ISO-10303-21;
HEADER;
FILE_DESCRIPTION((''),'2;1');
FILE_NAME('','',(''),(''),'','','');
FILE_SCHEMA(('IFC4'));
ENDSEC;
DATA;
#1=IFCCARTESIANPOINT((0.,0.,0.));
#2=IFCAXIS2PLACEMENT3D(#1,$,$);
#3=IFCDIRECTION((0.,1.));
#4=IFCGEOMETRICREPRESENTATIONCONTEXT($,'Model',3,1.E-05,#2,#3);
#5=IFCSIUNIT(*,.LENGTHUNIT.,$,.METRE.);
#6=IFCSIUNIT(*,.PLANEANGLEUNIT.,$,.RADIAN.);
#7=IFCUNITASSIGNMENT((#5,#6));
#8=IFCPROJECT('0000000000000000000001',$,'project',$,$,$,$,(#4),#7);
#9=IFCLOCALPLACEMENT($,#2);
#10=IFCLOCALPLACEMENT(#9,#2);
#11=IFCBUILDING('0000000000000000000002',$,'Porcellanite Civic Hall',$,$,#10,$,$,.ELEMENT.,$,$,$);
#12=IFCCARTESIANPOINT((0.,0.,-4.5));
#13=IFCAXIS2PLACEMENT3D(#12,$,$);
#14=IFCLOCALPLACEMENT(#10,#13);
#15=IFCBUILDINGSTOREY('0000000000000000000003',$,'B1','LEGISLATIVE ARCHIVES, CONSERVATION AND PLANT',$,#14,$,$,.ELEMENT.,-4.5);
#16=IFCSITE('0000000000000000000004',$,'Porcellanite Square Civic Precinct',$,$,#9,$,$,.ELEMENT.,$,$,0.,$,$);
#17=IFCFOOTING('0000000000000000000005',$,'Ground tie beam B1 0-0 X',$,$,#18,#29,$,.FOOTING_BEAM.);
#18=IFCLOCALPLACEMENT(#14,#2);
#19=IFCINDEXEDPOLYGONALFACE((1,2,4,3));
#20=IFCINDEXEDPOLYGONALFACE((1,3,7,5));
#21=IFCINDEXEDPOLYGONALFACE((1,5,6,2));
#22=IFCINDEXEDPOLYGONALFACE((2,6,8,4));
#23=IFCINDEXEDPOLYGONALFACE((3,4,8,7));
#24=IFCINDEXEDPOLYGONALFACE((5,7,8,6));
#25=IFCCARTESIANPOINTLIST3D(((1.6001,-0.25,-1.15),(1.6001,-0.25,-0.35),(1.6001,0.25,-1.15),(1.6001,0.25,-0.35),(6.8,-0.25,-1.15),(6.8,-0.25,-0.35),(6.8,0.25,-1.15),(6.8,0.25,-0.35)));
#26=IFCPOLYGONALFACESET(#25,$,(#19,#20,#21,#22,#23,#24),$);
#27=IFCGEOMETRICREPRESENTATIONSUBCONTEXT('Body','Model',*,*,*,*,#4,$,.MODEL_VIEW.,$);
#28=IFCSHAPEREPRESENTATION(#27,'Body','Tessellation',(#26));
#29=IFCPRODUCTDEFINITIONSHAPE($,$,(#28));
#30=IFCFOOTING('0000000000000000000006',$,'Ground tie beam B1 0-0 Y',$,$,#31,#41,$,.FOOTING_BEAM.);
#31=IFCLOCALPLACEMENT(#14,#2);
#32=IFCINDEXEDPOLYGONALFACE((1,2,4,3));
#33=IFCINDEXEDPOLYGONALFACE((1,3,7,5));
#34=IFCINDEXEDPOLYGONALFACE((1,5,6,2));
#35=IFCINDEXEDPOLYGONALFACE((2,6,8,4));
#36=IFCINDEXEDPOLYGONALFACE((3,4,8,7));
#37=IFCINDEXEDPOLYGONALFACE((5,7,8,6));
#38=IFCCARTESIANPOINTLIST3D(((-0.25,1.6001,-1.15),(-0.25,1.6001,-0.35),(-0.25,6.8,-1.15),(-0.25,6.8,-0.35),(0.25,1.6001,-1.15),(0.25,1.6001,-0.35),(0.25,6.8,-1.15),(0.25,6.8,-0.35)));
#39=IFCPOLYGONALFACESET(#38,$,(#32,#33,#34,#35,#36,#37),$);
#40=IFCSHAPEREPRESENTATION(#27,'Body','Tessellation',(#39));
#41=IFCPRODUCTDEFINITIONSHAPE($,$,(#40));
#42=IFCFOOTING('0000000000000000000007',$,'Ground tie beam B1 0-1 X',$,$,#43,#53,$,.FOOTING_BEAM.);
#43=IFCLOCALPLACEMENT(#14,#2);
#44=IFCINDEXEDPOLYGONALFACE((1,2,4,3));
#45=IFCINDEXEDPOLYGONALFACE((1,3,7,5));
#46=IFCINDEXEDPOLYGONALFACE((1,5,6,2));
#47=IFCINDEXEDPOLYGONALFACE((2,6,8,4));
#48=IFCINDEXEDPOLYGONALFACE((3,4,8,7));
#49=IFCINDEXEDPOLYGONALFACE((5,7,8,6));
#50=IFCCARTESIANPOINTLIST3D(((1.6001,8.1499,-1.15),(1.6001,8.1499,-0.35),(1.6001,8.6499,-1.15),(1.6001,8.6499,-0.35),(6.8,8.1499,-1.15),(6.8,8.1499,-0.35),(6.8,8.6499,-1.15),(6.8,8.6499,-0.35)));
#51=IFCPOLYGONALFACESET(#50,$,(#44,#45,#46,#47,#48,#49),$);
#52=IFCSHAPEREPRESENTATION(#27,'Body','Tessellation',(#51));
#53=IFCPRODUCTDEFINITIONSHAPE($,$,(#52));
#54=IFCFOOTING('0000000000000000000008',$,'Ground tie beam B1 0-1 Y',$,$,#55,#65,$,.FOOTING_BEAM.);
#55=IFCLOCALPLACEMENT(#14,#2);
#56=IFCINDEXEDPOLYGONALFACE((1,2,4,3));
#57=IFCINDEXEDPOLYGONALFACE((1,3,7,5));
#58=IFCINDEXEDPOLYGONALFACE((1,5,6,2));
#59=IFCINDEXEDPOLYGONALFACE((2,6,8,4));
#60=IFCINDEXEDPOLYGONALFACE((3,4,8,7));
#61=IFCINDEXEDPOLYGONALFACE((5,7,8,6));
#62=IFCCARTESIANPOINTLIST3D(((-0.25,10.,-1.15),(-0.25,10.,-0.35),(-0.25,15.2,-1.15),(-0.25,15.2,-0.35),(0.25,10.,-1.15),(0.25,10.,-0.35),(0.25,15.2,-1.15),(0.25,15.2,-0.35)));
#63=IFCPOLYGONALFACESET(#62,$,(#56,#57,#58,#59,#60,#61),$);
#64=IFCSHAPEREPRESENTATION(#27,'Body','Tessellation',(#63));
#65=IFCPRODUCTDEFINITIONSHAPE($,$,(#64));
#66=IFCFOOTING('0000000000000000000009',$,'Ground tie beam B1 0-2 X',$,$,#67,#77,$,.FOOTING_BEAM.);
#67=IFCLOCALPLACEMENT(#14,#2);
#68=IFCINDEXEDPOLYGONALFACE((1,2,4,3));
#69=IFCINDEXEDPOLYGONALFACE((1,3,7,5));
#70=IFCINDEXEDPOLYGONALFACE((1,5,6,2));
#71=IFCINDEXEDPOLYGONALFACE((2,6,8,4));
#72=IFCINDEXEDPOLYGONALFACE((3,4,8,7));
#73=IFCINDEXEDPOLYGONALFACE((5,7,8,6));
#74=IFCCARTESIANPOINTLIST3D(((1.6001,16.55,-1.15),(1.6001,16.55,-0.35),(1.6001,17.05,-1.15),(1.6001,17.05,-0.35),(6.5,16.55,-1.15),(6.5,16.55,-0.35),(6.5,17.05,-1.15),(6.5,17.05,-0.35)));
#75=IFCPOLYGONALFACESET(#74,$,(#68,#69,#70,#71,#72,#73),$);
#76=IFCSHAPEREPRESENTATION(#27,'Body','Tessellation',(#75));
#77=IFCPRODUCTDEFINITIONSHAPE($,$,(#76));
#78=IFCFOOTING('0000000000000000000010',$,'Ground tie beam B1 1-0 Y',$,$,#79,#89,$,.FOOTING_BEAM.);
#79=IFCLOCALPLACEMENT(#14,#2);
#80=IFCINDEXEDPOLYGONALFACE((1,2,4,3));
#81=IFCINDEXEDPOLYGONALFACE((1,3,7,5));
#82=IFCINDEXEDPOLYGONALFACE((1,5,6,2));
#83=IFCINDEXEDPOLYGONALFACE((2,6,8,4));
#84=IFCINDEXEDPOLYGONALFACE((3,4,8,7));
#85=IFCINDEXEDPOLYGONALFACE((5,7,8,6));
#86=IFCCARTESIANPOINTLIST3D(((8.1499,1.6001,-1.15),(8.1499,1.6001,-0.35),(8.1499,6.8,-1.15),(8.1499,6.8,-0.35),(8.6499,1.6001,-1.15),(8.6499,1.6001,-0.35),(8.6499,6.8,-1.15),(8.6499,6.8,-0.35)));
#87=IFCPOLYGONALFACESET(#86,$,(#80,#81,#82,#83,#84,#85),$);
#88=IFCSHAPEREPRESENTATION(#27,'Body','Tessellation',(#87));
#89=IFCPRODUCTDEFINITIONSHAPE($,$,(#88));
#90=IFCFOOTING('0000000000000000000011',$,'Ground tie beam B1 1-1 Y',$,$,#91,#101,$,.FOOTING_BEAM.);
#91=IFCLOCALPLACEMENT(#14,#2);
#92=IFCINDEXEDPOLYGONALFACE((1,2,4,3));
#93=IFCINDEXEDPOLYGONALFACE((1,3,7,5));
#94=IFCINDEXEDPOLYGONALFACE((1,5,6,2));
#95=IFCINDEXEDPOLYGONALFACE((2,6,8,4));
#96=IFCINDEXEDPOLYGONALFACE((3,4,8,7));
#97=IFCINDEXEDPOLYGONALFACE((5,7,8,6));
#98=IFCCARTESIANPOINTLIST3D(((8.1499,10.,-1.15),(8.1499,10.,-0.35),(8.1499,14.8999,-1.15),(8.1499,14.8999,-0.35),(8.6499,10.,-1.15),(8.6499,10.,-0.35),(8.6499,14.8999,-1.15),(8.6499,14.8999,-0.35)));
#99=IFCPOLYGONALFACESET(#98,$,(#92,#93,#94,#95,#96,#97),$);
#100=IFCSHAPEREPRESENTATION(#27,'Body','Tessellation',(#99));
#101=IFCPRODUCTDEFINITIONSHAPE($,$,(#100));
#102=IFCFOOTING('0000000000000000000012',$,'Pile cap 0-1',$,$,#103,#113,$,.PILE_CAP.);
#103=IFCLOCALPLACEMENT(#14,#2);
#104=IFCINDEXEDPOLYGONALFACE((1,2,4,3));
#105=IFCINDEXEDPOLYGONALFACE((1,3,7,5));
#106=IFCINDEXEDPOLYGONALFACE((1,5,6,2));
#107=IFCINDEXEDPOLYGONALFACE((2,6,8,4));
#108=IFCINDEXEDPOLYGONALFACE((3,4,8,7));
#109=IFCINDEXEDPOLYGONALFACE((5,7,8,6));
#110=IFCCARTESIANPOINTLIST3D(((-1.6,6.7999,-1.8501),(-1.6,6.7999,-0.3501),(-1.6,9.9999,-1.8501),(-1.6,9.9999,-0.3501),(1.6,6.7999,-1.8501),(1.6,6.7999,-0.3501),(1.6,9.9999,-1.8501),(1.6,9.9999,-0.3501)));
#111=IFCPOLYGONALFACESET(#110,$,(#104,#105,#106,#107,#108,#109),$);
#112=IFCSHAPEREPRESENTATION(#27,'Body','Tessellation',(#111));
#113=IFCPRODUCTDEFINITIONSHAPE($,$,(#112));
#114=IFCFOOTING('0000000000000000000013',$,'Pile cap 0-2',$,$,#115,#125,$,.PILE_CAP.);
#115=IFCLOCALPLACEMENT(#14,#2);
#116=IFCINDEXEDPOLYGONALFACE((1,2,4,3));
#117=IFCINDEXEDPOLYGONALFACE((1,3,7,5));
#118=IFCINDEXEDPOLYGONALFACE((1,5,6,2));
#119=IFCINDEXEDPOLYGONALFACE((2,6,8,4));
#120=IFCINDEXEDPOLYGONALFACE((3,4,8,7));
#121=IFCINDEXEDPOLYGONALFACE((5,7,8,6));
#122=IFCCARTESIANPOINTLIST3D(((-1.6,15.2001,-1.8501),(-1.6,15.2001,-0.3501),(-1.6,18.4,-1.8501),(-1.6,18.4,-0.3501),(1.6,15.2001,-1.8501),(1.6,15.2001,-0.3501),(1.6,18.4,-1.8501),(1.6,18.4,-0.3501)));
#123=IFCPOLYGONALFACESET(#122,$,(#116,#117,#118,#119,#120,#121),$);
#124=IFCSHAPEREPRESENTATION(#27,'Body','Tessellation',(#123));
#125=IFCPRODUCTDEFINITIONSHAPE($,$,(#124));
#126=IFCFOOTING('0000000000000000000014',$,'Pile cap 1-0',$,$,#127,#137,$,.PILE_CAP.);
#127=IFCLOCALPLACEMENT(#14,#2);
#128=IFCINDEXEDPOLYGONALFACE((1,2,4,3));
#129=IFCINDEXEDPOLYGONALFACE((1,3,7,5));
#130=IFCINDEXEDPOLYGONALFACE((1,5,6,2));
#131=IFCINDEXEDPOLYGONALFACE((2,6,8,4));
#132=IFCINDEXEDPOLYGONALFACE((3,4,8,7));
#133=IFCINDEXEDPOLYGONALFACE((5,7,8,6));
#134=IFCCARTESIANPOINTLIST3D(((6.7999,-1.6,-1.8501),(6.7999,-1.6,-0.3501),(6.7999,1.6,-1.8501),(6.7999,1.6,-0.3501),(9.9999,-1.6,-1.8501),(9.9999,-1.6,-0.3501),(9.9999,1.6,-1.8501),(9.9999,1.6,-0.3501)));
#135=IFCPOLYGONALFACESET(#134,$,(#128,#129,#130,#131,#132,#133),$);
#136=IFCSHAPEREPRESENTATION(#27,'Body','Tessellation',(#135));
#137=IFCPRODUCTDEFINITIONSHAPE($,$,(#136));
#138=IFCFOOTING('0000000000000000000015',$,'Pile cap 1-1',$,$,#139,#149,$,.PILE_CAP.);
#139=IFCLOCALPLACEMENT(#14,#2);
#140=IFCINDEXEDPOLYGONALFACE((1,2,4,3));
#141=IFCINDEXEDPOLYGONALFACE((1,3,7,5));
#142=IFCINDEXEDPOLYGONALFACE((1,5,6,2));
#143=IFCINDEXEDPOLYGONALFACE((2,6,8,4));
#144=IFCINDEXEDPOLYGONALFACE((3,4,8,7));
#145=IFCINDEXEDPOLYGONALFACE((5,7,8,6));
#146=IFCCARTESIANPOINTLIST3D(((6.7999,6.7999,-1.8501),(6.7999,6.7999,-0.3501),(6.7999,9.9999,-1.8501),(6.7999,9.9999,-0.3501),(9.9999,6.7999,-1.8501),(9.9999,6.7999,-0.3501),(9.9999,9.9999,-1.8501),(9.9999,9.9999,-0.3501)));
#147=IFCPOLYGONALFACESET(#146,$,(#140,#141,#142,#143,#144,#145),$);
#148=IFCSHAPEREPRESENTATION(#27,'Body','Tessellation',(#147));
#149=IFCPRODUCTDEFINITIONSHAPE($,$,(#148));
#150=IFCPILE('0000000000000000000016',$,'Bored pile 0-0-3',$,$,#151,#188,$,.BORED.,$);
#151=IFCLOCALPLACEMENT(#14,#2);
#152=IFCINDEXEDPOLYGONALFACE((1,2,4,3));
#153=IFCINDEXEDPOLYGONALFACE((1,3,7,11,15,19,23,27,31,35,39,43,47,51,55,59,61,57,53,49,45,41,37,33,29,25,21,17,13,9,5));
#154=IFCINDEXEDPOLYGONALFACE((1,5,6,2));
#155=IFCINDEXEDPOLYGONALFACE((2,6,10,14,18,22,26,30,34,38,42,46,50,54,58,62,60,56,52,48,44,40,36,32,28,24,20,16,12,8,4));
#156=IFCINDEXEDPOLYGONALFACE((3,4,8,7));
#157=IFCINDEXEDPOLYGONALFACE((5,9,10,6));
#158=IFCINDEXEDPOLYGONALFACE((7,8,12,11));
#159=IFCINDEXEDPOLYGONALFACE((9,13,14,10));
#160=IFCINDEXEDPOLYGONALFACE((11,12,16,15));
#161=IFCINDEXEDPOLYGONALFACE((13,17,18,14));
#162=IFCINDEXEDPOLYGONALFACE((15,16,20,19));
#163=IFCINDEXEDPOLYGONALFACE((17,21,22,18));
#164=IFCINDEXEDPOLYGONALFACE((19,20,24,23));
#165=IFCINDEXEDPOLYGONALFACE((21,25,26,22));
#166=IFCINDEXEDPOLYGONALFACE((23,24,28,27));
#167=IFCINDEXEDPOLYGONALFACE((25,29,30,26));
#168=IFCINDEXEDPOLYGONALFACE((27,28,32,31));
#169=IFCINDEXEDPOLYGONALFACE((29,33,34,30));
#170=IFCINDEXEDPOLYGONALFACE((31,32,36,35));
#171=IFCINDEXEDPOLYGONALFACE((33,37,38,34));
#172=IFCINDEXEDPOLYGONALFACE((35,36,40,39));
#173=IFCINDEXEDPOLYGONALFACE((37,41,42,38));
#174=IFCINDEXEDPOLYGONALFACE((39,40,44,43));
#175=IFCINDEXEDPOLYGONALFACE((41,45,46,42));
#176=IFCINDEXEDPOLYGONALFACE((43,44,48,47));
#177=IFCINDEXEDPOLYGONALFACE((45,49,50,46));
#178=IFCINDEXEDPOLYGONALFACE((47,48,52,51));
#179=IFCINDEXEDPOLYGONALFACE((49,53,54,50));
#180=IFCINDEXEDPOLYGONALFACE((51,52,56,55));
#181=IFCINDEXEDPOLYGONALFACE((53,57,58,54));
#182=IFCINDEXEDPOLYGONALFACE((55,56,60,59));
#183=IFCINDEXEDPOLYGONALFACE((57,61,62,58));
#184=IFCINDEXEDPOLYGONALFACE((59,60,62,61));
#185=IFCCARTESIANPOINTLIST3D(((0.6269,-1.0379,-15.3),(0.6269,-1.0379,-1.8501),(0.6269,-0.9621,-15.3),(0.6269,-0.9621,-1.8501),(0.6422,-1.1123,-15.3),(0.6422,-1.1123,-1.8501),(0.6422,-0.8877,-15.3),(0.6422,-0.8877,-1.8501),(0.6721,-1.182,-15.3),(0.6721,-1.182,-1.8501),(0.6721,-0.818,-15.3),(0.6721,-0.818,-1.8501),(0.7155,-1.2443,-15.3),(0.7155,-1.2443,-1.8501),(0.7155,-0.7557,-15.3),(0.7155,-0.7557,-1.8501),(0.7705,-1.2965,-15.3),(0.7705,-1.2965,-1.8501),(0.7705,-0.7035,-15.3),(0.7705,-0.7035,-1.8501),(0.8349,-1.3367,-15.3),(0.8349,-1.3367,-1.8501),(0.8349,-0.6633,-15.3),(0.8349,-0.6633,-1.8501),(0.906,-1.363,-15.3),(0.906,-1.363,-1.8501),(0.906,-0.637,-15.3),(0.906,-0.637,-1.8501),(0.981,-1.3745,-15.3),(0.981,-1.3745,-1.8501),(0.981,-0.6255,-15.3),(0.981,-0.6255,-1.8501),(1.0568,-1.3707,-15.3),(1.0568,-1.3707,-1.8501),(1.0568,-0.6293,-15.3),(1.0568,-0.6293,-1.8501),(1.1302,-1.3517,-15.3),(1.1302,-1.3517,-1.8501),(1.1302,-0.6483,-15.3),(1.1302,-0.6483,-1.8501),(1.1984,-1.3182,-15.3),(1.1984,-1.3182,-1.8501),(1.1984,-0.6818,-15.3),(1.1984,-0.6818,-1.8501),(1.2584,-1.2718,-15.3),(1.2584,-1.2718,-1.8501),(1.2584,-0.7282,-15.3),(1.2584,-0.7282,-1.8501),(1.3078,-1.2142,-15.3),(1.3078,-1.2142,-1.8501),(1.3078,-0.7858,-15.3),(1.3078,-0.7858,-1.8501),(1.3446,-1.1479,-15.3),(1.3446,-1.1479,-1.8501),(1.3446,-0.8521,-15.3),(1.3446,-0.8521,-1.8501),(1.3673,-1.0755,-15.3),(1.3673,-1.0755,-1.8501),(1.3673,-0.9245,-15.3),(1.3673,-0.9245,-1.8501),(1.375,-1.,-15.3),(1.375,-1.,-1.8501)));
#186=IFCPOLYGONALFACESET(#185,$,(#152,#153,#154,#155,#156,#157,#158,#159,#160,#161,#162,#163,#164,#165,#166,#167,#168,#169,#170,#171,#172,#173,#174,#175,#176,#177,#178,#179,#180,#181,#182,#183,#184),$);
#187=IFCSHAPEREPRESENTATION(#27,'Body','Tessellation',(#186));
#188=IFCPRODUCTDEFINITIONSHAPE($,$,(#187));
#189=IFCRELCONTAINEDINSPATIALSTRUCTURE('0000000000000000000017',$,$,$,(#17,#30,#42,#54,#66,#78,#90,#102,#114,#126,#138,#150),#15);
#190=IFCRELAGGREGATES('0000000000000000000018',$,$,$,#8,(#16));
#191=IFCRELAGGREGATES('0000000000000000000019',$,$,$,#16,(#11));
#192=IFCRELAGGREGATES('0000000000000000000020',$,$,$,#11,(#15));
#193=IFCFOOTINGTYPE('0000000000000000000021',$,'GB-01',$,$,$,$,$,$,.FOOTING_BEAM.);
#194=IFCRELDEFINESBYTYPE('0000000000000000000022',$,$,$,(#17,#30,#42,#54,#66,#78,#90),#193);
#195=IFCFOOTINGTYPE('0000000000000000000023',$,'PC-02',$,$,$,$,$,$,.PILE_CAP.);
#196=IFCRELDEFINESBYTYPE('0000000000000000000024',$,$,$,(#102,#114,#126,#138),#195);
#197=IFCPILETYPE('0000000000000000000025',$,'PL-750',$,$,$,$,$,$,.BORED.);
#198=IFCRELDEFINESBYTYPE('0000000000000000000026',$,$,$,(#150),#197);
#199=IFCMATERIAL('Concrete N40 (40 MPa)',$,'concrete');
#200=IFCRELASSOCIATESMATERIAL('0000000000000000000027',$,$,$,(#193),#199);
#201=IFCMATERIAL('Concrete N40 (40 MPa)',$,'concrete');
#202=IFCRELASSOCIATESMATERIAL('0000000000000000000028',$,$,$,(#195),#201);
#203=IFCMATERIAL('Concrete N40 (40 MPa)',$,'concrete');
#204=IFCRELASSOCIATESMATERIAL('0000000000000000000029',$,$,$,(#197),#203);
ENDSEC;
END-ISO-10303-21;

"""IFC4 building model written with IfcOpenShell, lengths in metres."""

from ifc_helpers import new_model, si_unit, direction, frame, origin, origin_2d, place, context, subcontext, project, spatial, rectangle, circle, extrude, material, material_profile, profile_set, type_object, element, save


model = new_model("IFC4")

# Units and contexts
model_context = context("Model", 3, precision=1e-05, world=origin(), true_north=direction((0.0, 1.0)))
body_context = subcontext(model_context, "Body", "Model", "MODEL_VIEW")
ifc_project = project(units=[si_unit("LENGTHUNIT", "METRE"), si_unit("PLANEANGLEUNIT", "RADIAN")], contexts=[model_context])

# Site, building, storey
site_placement = place(None, origin())
site = spatial("IfcSite", under=ifc_project, at=site_placement, Name="Porcellanite Square Civic Precinct", CompositionType="ELEMENT", RefElevation=0.0)
building_placement = place(site_placement, origin())
building = spatial("IfcBuilding", under=site, at=building_placement, Name="Porcellanite Civic Hall", CompositionType="ELEMENT")
storey_placement = place(building_placement, frame((0.0, 0.0, -4.5)))
storey = spatial("IfcBuildingStorey", under=building, at=storey_placement, Name="B1", Description="LEGISLATIVE ARCHIVES, CONSERVATION AND PLANT", CompositionType="ELEMENT", Elevation=-4.5)

# Footings
ifc_material_1 = material(Name="Concrete N40 (40 MPa)", Category="concrete")
ifc_material_profile_1 = material_profile(ifc_material_1, rectangle(XDim=0.5, YDim=0.8, at=origin_2d()), Name="RC-500x800")
ifc_profile_set_1 = profile_set([ifc_material_profile_1], Name="Concrete N40 (40 MPa)")
footing_type_1 = type_object("IfcFootingType", Name="GB-01", PredefinedType="FOOTING_BEAM", material=ifc_profile_set_1)
for number, where, z_axis, x_axis, name in (
    (1, (1.6001, 0.0, -0.75), (1.0, 0.0, 0.0), (0.0, 1.0, 0.0), "Ground tie beam B1 0-0 X"),
    (2, (0.0, 1.6001, -0.75), (0.0, 1.0, 0.0), (-1.0, 0.0, 0.0), "Ground tie beam B1 0-0 Y"),
    (3, (1.6001, 8.3999, -0.75), (1.0, 0.0, 0.0), (0.0, 1.0, 0.0), "Ground tie beam B1 0-1 X"),
    (4, (0.0, 10.0, -0.75), (0.0, 1.0, 0.0), (-1.0, 0.0, 0.0), "Ground tie beam B1 0-1 Y"),
):
    element("IfcFooting", number, at=place(storey_placement, frame(where, z_axis=z_axis, x_axis=x_axis)), inside=storey, type_object=footing_type_1, Name=name, PredefinedType="FOOTING_BEAM", context=body_context, shape_type="SweptSolid", body=[
        extrude(rectangle(XDim=0.5, YDim=0.8, at=origin_2d()), origin(), (0.0, 0.0, 1.0), 5.2),
    ])
footing_1_placement = place(storey_placement, frame((1.6001, 16.8, -0.75), z_axis=(1.0, 0.0, 0.0), x_axis=(0.0, 1.0, 0.0)))
element("IfcFooting", 5, at=footing_1_placement, inside=storey, type_object=footing_type_1, Name="Ground tie beam B1 0-2 X", PredefinedType="FOOTING_BEAM", context=body_context, shape_type="SweptSolid", body=[
    extrude(rectangle(XDim=0.5, YDim=0.8, at=origin_2d()), origin(), (0.0, 0.0, 1.0), 4.8999),
])
footing_2_placement = place(storey_placement, frame((8.3999, 1.6001, -0.75), z_axis=(0.0, 1.0, 0.0), x_axis=(-1.0, 0.0, 0.0)))
element("IfcFooting", 6, at=footing_2_placement, inside=storey, type_object=footing_type_1, Name="Ground tie beam B1 1-0 Y", PredefinedType="FOOTING_BEAM", context=body_context, shape_type="SweptSolid", body=[
    extrude(rectangle(XDim=0.5, YDim=0.8, at=origin_2d()), origin(), (0.0, 0.0, 1.0), 5.2),
])
footing_3_placement = place(storey_placement, frame((8.3999, 10.0, -0.75), z_axis=(0.0, 1.0, 0.0), x_axis=(-1.0, 0.0, 0.0)))
element("IfcFooting", 7, at=footing_3_placement, inside=storey, type_object=footing_type_1, Name="Ground tie beam B1 1-1 Y", PredefinedType="FOOTING_BEAM", context=body_context, shape_type="SweptSolid", body=[
    extrude(rectangle(XDim=0.5, YDim=0.8, at=origin_2d()), origin(), (0.0, 0.0, 1.0), 4.8999),
])
ifc_material_2 = material(Name="Concrete N40 (40 MPa)", Category="concrete")
footing_type_2 = type_object("IfcFootingType", Name="PC-02", PredefinedType="PILE_CAP", material=ifc_material_2)
for number, where, z_axis, x_axis, name in (
    (8, (0.0, 8.3999, -1.8501), (0.0, 0.0, 1.0), (1.0, 0.0, 0.0), "Pile cap 0-1"),
    (9, (0.0, 16.8, -1.8501), (0.0, 0.0, 1.0), (1.0, 0.0, 0.0), "Pile cap 0-2"),
    (10, (8.3999, 0.0, -1.8501), (0.0, 0.0, 1.0), (1.0, 0.0, 0.0), "Pile cap 1-0"),
    (11, (8.3999, 8.3999, -1.8501), (0.0, 0.0, 1.0), (1.0, 0.0, 0.0), "Pile cap 1-1"),
):
    element("IfcFooting", number, at=place(storey_placement, frame(where, z_axis=z_axis, x_axis=x_axis)), inside=storey, type_object=footing_type_2, Name=name, PredefinedType="PILE_CAP", context=body_context, shape_type="SweptSolid", body=[
        extrude(rectangle(XDim=3.2, YDim=3.2, at=origin_2d()), origin(), (0.0, 0.0, 1.0), 1.5),
    ])

# Pile
ifc_material_3 = material(Name="Concrete N40 (40 MPa)", Category="concrete")
ifc_material_profile_2 = material_profile(ifc_material_3, circle(Radius=0.375, at=origin_2d()), Name="PILE-D750")
ifc_profile_set_2 = profile_set([ifc_material_profile_2], Name="Concrete N40 (40 MPa)")
pile_type_1 = type_object("IfcPileType", Name="PL-750", PredefinedType="BORED", material=ifc_profile_set_2)
for number, where, z_axis, x_axis, name in (
    (12, (1.0, -1.0, -1.8501), (0.0, 0.0, -1.0), (1.0, 0.0, 0.0), "Bored pile 0-0-3"),
):
    element("IfcPile", number, at=place(storey_placement, frame(where, z_axis=z_axis, x_axis=x_axis)), inside=storey, type_object=pile_type_1, Name=name, PredefinedType="BORED", context=body_context, shape_type="SweptSolid", body=[
        extrude(circle(Radius=0.375, at=origin_2d()), origin(), (0.0, 0.0, 1.0), 13.45),
    ])

save(model, "model.ifc")
